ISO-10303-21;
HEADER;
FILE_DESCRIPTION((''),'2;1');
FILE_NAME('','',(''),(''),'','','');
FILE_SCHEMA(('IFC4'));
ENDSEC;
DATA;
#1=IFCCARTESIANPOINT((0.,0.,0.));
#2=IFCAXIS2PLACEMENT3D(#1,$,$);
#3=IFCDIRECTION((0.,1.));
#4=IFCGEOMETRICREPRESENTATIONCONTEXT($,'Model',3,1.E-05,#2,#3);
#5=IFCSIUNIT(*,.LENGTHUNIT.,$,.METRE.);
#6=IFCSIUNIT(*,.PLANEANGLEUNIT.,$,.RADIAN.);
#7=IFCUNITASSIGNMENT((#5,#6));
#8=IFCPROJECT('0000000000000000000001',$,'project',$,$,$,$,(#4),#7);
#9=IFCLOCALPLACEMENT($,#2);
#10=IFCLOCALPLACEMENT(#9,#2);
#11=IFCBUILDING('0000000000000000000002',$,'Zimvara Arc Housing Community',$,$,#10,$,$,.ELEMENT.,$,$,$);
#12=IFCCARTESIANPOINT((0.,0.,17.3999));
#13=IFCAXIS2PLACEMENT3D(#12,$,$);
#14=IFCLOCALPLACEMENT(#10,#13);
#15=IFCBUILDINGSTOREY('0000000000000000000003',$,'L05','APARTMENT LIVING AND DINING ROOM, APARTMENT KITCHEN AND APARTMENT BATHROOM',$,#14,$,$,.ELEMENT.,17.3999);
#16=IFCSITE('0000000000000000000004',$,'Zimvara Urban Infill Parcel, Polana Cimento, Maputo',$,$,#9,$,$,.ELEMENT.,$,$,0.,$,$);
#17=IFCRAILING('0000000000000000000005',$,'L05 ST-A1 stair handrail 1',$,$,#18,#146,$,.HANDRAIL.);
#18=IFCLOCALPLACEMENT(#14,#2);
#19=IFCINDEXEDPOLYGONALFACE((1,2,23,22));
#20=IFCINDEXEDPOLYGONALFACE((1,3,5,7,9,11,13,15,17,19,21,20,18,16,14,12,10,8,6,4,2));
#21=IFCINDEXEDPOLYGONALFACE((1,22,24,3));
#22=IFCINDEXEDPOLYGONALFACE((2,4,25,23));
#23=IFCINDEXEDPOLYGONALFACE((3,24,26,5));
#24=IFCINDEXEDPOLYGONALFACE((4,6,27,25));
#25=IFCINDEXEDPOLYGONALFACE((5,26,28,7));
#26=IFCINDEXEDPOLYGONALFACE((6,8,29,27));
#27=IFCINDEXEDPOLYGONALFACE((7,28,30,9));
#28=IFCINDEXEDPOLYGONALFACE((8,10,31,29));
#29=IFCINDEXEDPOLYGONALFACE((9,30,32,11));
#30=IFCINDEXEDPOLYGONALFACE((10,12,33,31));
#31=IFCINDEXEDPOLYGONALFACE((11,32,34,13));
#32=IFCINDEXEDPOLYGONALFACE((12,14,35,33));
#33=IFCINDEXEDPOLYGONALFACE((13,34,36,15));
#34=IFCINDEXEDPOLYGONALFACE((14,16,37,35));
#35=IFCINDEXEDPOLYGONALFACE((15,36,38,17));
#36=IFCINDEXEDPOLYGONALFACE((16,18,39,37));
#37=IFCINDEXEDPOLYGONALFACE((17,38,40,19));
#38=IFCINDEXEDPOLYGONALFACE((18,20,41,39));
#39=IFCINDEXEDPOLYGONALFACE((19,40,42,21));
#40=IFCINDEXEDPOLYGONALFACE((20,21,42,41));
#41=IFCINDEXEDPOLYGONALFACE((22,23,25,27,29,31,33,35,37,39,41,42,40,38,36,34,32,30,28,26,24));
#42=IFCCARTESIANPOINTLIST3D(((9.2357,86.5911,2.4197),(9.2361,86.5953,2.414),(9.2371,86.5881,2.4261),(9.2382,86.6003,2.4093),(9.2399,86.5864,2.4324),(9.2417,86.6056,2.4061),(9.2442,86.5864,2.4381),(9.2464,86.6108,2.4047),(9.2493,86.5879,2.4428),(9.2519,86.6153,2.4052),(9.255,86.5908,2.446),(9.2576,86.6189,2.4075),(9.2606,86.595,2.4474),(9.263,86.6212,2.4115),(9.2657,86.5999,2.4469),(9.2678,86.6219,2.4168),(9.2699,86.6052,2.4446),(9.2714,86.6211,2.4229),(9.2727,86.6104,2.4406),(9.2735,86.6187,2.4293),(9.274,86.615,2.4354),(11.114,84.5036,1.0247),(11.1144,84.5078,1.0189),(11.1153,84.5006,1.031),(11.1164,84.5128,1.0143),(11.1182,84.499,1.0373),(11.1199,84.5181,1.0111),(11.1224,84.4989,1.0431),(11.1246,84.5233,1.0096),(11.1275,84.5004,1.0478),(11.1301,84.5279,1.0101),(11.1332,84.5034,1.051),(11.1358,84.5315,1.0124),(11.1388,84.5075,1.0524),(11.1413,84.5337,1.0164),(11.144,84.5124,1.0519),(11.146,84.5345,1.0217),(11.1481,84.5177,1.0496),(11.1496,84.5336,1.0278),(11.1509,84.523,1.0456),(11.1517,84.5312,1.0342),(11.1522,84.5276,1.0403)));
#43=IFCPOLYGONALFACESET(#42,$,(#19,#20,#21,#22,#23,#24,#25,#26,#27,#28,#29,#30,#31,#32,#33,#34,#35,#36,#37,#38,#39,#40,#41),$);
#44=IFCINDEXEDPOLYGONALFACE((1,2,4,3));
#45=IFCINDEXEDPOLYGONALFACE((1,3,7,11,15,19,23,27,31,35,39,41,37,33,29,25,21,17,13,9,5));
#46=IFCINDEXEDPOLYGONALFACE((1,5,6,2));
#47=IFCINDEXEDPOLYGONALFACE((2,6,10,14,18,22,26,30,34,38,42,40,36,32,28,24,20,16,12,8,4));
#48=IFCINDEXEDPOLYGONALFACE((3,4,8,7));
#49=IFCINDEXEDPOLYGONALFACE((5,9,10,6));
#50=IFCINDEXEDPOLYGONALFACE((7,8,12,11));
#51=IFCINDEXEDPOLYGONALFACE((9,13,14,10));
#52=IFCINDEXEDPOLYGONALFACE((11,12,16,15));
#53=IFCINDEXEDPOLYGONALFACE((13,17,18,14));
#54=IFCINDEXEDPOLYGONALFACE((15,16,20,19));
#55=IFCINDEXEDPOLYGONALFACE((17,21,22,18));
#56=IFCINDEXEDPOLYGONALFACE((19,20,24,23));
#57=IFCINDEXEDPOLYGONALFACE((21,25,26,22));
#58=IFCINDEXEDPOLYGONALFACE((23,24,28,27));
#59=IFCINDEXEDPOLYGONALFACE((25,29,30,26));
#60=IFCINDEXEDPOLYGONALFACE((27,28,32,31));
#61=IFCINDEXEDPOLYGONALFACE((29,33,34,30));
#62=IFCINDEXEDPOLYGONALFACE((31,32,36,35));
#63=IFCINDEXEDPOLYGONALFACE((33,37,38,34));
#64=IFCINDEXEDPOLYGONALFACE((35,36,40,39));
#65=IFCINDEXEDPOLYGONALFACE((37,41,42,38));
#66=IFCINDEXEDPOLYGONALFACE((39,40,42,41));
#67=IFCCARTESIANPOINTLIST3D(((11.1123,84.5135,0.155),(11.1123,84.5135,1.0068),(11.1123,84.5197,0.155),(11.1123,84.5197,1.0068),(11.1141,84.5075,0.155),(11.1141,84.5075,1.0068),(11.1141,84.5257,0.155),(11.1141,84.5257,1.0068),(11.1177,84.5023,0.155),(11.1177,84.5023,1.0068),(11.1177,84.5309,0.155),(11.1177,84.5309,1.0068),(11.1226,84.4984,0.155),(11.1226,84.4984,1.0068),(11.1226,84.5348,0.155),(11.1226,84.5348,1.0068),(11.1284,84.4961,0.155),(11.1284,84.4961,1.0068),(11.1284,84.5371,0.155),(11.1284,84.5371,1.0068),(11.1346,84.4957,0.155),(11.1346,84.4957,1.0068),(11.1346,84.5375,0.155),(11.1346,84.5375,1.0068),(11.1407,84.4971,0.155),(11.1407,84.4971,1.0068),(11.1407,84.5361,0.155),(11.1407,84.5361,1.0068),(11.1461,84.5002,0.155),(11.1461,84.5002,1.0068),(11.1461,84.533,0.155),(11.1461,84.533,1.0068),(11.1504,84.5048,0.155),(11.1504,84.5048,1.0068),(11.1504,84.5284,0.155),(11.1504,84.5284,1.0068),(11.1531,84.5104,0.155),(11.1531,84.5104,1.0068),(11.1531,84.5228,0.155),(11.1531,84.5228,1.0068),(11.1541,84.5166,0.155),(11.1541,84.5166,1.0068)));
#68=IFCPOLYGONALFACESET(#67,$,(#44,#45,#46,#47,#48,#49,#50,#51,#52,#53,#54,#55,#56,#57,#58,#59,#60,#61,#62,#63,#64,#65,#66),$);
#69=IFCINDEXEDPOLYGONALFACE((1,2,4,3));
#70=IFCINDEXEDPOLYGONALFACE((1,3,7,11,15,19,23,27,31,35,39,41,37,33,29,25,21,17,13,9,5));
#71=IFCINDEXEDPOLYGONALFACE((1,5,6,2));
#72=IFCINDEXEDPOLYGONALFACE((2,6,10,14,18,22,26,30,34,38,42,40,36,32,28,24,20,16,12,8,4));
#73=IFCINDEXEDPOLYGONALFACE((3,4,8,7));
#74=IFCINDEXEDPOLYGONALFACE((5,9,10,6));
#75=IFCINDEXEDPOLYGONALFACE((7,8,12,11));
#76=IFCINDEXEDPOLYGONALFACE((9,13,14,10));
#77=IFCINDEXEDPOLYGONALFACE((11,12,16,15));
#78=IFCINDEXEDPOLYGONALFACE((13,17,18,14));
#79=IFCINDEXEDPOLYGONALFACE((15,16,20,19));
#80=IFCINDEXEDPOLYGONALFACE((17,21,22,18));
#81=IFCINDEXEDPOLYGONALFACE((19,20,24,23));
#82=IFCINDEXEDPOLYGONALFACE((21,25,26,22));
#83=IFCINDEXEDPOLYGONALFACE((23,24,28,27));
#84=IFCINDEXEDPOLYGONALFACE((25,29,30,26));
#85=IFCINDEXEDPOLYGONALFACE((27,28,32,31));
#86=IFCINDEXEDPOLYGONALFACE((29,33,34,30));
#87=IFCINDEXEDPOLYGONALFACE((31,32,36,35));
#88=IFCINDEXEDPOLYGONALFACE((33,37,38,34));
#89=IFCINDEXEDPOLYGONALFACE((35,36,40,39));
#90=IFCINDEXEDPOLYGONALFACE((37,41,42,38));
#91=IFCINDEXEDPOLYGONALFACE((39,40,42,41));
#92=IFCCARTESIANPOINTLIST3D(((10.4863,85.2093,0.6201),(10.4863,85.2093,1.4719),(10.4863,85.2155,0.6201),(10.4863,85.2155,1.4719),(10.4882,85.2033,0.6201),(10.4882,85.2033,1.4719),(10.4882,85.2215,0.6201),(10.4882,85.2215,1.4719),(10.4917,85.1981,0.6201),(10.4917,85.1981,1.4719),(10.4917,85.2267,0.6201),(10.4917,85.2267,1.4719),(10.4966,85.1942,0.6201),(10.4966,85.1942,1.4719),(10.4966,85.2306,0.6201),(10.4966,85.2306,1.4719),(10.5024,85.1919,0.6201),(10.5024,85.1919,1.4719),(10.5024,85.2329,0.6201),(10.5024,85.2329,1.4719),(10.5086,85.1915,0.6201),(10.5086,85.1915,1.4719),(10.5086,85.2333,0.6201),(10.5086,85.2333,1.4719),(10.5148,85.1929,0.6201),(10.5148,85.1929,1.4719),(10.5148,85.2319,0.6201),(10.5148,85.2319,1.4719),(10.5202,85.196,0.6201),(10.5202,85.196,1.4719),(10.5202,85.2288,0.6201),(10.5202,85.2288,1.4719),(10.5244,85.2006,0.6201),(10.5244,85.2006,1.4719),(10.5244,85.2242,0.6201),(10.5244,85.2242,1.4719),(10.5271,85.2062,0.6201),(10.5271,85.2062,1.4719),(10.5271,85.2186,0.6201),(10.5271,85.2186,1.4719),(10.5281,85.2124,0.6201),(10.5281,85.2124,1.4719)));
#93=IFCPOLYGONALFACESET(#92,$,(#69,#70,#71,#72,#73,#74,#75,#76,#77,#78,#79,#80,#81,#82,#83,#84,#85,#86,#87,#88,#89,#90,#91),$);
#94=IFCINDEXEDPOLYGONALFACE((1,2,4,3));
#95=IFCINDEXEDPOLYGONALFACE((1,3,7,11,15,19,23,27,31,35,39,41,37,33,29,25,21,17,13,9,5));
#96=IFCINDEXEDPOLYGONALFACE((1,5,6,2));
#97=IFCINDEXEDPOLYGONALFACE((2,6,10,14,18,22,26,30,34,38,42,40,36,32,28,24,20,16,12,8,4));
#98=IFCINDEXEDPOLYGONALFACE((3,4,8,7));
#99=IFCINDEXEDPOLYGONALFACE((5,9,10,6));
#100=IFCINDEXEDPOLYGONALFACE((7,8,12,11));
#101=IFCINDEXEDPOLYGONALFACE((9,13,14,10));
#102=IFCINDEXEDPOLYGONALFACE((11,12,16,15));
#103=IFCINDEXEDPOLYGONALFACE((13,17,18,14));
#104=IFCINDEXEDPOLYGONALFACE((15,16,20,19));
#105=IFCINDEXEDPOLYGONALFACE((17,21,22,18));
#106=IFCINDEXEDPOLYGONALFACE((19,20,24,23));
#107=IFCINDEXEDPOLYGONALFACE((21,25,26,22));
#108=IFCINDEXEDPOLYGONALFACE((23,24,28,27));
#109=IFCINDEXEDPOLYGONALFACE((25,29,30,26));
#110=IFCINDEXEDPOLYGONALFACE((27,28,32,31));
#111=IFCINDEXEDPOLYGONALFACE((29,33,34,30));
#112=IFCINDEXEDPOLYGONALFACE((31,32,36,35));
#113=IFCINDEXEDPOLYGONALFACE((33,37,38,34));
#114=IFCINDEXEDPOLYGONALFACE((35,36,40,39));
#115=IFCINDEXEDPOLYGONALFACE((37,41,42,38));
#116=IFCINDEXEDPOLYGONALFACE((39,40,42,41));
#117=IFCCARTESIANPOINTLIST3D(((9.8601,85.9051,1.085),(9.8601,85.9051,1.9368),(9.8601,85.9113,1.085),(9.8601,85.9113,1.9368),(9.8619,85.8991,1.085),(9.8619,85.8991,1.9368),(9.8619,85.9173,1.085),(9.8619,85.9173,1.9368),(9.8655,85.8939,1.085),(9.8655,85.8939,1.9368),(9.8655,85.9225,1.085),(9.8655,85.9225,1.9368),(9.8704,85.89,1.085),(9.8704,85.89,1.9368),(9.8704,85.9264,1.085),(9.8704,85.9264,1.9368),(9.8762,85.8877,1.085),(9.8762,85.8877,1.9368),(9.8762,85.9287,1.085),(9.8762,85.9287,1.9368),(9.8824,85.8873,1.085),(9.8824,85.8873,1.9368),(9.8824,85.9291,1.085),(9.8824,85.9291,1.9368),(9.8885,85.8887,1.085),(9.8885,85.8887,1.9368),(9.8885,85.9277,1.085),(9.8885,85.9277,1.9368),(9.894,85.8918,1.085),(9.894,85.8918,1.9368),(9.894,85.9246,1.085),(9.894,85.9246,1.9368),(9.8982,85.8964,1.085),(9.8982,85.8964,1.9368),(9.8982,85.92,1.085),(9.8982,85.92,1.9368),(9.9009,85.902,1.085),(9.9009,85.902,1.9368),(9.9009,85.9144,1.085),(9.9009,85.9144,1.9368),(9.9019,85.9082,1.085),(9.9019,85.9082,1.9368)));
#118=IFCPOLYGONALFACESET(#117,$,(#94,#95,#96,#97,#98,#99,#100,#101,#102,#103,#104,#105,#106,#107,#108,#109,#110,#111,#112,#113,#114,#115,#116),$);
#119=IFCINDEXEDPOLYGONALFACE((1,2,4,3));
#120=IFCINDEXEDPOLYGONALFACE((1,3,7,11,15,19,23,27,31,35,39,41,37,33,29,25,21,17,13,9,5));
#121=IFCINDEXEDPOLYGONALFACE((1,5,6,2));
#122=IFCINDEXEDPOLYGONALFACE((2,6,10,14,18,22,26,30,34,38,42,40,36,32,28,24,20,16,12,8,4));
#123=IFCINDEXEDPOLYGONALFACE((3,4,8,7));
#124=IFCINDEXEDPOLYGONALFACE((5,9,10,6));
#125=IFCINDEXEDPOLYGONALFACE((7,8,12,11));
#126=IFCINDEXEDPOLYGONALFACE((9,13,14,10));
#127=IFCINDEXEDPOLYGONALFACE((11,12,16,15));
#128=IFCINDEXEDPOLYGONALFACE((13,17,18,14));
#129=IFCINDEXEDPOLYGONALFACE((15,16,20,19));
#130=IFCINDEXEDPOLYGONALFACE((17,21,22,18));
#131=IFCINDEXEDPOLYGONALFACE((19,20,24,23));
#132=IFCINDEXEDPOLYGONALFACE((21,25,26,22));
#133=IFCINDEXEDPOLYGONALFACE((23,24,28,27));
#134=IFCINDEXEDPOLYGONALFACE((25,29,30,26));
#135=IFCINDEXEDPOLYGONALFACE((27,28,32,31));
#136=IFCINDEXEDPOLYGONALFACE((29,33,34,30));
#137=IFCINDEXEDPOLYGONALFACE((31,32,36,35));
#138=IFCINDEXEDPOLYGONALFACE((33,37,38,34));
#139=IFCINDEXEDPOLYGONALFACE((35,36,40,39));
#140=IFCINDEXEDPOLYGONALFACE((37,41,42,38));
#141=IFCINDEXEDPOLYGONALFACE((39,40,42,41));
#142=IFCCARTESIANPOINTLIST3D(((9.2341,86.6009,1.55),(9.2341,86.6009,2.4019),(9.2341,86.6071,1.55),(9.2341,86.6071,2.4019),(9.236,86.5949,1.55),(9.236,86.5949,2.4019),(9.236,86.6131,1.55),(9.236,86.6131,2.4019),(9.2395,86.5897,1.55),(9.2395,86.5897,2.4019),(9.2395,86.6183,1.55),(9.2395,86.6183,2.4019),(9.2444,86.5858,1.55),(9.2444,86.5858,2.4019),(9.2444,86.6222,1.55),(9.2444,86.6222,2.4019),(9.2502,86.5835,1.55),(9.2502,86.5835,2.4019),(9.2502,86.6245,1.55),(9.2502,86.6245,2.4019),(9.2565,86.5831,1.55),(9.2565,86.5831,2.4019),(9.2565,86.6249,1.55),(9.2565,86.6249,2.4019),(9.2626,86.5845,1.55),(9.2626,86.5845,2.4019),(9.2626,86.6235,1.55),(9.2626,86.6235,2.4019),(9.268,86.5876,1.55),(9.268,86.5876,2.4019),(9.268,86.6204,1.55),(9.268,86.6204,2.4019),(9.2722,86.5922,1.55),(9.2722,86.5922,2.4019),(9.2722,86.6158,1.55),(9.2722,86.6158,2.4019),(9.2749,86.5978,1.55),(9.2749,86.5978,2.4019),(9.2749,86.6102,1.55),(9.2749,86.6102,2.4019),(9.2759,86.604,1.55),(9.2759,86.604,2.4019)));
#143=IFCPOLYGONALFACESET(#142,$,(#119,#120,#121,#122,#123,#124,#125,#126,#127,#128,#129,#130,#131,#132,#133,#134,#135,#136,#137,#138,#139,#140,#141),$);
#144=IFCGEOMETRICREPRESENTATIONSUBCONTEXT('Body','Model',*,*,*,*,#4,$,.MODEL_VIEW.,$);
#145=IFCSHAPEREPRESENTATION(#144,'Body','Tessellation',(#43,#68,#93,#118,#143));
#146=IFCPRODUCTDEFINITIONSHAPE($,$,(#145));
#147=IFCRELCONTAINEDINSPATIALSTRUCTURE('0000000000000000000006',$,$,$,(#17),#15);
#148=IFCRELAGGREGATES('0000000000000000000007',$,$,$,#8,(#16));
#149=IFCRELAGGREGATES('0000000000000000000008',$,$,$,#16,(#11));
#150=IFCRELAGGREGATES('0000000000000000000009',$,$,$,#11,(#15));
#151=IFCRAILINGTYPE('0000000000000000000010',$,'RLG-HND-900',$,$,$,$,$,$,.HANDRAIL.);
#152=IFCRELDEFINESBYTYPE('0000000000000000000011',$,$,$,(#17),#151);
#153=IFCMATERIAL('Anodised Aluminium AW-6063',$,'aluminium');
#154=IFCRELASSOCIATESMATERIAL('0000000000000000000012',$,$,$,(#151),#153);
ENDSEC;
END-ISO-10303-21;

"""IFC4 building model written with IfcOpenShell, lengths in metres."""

from ifc_helpers import new_model, si_unit, direction, frame, origin, origin_2d, place, context, subcontext, project, spatial, circle, extrude, material, type_object, element, save


model = new_model("IFC4")

# Units and contexts
model_context = context("Model", 3, precision=1e-05, world=origin(), true_north=direction((0.0, 1.0)))
body_context = subcontext(model_context, "Body", "Model", "MODEL_VIEW")
ifc_project = project(units=[si_unit("LENGTHUNIT", "METRE"), si_unit("PLANEANGLEUNIT", "RADIAN")], contexts=[model_context])

# Site, building, storey
site_placement = place(None, origin())
site = spatial("IfcSite", under=ifc_project, at=site_placement, Name="Zimvara Urban Infill Parcel, Polana Cimento, Maputo", CompositionType="ELEMENT", RefElevation=0.0)
building_placement = place(site_placement, origin())
building = spatial("IfcBuilding", under=site, at=building_placement, Name="Zimvara Arc Housing Community", CompositionType="ELEMENT")
storey_placement = place(building_placement, frame((0.0, 0.0, 17.3999)))
storey = spatial("IfcBuildingStorey", under=building, at=storey_placement, Name="L05", Description="APARTMENT LIVING AND DINING ROOM, APARTMENT KITCHEN AND APARTMENT BATHROOM", CompositionType="ELEMENT", Elevation=17.3999)

# Railing
ifc_material_1 = material(Name="Anodised Aluminium AW-6063", Category="aluminium")
railing_type_1 = type_object("IfcRailingType", Name="RLG-HND-900", PredefinedType="HANDRAIL", material=ifc_material_1)
railing_1_placement = place(storey_placement, frame((11.1331, 84.5166, 0.155)))
element("IfcRailing", 1, at=railing_1_placement, inside=storey, type_object=railing_type_1, Name="L05 ST-A1 stair handrail 1", PredefinedType="HANDRAIL", context=body_context, shape_type="SweptSolid", body=[
    extrude(circle(Radius=0.0239, at=origin_2d()), frame((0.0, 0.0, 0.876), z_axis=(-0.599018, 0.665749, 0.444923), x_axis=(-0.743381, -0.668869, 0.0)), (0.0, 0.0, 1.0), 3.1355),
    extrude(circle(Radius=0.021, at=origin_2d()), origin(), (0.0, 0.0, 1.0), 0.8518),
    extrude(circle(Radius=0.021, at=origin_2d()), frame((-0.626, 0.6958, 0.4651)), (0.0, 0.0, 1.0), 0.8518),
    extrude(circle(Radius=0.021, at=origin_2d()), frame((-1.2522, 1.3916, 0.9299)), (0.0, 0.0, 1.0), 0.8518),
    extrude(circle(Radius=0.021, at=origin_2d()), frame((-1.8782, 2.0874, 1.395)), (0.0, 0.0, 1.0), 0.8518),
])

save(model, "model.ifc")
